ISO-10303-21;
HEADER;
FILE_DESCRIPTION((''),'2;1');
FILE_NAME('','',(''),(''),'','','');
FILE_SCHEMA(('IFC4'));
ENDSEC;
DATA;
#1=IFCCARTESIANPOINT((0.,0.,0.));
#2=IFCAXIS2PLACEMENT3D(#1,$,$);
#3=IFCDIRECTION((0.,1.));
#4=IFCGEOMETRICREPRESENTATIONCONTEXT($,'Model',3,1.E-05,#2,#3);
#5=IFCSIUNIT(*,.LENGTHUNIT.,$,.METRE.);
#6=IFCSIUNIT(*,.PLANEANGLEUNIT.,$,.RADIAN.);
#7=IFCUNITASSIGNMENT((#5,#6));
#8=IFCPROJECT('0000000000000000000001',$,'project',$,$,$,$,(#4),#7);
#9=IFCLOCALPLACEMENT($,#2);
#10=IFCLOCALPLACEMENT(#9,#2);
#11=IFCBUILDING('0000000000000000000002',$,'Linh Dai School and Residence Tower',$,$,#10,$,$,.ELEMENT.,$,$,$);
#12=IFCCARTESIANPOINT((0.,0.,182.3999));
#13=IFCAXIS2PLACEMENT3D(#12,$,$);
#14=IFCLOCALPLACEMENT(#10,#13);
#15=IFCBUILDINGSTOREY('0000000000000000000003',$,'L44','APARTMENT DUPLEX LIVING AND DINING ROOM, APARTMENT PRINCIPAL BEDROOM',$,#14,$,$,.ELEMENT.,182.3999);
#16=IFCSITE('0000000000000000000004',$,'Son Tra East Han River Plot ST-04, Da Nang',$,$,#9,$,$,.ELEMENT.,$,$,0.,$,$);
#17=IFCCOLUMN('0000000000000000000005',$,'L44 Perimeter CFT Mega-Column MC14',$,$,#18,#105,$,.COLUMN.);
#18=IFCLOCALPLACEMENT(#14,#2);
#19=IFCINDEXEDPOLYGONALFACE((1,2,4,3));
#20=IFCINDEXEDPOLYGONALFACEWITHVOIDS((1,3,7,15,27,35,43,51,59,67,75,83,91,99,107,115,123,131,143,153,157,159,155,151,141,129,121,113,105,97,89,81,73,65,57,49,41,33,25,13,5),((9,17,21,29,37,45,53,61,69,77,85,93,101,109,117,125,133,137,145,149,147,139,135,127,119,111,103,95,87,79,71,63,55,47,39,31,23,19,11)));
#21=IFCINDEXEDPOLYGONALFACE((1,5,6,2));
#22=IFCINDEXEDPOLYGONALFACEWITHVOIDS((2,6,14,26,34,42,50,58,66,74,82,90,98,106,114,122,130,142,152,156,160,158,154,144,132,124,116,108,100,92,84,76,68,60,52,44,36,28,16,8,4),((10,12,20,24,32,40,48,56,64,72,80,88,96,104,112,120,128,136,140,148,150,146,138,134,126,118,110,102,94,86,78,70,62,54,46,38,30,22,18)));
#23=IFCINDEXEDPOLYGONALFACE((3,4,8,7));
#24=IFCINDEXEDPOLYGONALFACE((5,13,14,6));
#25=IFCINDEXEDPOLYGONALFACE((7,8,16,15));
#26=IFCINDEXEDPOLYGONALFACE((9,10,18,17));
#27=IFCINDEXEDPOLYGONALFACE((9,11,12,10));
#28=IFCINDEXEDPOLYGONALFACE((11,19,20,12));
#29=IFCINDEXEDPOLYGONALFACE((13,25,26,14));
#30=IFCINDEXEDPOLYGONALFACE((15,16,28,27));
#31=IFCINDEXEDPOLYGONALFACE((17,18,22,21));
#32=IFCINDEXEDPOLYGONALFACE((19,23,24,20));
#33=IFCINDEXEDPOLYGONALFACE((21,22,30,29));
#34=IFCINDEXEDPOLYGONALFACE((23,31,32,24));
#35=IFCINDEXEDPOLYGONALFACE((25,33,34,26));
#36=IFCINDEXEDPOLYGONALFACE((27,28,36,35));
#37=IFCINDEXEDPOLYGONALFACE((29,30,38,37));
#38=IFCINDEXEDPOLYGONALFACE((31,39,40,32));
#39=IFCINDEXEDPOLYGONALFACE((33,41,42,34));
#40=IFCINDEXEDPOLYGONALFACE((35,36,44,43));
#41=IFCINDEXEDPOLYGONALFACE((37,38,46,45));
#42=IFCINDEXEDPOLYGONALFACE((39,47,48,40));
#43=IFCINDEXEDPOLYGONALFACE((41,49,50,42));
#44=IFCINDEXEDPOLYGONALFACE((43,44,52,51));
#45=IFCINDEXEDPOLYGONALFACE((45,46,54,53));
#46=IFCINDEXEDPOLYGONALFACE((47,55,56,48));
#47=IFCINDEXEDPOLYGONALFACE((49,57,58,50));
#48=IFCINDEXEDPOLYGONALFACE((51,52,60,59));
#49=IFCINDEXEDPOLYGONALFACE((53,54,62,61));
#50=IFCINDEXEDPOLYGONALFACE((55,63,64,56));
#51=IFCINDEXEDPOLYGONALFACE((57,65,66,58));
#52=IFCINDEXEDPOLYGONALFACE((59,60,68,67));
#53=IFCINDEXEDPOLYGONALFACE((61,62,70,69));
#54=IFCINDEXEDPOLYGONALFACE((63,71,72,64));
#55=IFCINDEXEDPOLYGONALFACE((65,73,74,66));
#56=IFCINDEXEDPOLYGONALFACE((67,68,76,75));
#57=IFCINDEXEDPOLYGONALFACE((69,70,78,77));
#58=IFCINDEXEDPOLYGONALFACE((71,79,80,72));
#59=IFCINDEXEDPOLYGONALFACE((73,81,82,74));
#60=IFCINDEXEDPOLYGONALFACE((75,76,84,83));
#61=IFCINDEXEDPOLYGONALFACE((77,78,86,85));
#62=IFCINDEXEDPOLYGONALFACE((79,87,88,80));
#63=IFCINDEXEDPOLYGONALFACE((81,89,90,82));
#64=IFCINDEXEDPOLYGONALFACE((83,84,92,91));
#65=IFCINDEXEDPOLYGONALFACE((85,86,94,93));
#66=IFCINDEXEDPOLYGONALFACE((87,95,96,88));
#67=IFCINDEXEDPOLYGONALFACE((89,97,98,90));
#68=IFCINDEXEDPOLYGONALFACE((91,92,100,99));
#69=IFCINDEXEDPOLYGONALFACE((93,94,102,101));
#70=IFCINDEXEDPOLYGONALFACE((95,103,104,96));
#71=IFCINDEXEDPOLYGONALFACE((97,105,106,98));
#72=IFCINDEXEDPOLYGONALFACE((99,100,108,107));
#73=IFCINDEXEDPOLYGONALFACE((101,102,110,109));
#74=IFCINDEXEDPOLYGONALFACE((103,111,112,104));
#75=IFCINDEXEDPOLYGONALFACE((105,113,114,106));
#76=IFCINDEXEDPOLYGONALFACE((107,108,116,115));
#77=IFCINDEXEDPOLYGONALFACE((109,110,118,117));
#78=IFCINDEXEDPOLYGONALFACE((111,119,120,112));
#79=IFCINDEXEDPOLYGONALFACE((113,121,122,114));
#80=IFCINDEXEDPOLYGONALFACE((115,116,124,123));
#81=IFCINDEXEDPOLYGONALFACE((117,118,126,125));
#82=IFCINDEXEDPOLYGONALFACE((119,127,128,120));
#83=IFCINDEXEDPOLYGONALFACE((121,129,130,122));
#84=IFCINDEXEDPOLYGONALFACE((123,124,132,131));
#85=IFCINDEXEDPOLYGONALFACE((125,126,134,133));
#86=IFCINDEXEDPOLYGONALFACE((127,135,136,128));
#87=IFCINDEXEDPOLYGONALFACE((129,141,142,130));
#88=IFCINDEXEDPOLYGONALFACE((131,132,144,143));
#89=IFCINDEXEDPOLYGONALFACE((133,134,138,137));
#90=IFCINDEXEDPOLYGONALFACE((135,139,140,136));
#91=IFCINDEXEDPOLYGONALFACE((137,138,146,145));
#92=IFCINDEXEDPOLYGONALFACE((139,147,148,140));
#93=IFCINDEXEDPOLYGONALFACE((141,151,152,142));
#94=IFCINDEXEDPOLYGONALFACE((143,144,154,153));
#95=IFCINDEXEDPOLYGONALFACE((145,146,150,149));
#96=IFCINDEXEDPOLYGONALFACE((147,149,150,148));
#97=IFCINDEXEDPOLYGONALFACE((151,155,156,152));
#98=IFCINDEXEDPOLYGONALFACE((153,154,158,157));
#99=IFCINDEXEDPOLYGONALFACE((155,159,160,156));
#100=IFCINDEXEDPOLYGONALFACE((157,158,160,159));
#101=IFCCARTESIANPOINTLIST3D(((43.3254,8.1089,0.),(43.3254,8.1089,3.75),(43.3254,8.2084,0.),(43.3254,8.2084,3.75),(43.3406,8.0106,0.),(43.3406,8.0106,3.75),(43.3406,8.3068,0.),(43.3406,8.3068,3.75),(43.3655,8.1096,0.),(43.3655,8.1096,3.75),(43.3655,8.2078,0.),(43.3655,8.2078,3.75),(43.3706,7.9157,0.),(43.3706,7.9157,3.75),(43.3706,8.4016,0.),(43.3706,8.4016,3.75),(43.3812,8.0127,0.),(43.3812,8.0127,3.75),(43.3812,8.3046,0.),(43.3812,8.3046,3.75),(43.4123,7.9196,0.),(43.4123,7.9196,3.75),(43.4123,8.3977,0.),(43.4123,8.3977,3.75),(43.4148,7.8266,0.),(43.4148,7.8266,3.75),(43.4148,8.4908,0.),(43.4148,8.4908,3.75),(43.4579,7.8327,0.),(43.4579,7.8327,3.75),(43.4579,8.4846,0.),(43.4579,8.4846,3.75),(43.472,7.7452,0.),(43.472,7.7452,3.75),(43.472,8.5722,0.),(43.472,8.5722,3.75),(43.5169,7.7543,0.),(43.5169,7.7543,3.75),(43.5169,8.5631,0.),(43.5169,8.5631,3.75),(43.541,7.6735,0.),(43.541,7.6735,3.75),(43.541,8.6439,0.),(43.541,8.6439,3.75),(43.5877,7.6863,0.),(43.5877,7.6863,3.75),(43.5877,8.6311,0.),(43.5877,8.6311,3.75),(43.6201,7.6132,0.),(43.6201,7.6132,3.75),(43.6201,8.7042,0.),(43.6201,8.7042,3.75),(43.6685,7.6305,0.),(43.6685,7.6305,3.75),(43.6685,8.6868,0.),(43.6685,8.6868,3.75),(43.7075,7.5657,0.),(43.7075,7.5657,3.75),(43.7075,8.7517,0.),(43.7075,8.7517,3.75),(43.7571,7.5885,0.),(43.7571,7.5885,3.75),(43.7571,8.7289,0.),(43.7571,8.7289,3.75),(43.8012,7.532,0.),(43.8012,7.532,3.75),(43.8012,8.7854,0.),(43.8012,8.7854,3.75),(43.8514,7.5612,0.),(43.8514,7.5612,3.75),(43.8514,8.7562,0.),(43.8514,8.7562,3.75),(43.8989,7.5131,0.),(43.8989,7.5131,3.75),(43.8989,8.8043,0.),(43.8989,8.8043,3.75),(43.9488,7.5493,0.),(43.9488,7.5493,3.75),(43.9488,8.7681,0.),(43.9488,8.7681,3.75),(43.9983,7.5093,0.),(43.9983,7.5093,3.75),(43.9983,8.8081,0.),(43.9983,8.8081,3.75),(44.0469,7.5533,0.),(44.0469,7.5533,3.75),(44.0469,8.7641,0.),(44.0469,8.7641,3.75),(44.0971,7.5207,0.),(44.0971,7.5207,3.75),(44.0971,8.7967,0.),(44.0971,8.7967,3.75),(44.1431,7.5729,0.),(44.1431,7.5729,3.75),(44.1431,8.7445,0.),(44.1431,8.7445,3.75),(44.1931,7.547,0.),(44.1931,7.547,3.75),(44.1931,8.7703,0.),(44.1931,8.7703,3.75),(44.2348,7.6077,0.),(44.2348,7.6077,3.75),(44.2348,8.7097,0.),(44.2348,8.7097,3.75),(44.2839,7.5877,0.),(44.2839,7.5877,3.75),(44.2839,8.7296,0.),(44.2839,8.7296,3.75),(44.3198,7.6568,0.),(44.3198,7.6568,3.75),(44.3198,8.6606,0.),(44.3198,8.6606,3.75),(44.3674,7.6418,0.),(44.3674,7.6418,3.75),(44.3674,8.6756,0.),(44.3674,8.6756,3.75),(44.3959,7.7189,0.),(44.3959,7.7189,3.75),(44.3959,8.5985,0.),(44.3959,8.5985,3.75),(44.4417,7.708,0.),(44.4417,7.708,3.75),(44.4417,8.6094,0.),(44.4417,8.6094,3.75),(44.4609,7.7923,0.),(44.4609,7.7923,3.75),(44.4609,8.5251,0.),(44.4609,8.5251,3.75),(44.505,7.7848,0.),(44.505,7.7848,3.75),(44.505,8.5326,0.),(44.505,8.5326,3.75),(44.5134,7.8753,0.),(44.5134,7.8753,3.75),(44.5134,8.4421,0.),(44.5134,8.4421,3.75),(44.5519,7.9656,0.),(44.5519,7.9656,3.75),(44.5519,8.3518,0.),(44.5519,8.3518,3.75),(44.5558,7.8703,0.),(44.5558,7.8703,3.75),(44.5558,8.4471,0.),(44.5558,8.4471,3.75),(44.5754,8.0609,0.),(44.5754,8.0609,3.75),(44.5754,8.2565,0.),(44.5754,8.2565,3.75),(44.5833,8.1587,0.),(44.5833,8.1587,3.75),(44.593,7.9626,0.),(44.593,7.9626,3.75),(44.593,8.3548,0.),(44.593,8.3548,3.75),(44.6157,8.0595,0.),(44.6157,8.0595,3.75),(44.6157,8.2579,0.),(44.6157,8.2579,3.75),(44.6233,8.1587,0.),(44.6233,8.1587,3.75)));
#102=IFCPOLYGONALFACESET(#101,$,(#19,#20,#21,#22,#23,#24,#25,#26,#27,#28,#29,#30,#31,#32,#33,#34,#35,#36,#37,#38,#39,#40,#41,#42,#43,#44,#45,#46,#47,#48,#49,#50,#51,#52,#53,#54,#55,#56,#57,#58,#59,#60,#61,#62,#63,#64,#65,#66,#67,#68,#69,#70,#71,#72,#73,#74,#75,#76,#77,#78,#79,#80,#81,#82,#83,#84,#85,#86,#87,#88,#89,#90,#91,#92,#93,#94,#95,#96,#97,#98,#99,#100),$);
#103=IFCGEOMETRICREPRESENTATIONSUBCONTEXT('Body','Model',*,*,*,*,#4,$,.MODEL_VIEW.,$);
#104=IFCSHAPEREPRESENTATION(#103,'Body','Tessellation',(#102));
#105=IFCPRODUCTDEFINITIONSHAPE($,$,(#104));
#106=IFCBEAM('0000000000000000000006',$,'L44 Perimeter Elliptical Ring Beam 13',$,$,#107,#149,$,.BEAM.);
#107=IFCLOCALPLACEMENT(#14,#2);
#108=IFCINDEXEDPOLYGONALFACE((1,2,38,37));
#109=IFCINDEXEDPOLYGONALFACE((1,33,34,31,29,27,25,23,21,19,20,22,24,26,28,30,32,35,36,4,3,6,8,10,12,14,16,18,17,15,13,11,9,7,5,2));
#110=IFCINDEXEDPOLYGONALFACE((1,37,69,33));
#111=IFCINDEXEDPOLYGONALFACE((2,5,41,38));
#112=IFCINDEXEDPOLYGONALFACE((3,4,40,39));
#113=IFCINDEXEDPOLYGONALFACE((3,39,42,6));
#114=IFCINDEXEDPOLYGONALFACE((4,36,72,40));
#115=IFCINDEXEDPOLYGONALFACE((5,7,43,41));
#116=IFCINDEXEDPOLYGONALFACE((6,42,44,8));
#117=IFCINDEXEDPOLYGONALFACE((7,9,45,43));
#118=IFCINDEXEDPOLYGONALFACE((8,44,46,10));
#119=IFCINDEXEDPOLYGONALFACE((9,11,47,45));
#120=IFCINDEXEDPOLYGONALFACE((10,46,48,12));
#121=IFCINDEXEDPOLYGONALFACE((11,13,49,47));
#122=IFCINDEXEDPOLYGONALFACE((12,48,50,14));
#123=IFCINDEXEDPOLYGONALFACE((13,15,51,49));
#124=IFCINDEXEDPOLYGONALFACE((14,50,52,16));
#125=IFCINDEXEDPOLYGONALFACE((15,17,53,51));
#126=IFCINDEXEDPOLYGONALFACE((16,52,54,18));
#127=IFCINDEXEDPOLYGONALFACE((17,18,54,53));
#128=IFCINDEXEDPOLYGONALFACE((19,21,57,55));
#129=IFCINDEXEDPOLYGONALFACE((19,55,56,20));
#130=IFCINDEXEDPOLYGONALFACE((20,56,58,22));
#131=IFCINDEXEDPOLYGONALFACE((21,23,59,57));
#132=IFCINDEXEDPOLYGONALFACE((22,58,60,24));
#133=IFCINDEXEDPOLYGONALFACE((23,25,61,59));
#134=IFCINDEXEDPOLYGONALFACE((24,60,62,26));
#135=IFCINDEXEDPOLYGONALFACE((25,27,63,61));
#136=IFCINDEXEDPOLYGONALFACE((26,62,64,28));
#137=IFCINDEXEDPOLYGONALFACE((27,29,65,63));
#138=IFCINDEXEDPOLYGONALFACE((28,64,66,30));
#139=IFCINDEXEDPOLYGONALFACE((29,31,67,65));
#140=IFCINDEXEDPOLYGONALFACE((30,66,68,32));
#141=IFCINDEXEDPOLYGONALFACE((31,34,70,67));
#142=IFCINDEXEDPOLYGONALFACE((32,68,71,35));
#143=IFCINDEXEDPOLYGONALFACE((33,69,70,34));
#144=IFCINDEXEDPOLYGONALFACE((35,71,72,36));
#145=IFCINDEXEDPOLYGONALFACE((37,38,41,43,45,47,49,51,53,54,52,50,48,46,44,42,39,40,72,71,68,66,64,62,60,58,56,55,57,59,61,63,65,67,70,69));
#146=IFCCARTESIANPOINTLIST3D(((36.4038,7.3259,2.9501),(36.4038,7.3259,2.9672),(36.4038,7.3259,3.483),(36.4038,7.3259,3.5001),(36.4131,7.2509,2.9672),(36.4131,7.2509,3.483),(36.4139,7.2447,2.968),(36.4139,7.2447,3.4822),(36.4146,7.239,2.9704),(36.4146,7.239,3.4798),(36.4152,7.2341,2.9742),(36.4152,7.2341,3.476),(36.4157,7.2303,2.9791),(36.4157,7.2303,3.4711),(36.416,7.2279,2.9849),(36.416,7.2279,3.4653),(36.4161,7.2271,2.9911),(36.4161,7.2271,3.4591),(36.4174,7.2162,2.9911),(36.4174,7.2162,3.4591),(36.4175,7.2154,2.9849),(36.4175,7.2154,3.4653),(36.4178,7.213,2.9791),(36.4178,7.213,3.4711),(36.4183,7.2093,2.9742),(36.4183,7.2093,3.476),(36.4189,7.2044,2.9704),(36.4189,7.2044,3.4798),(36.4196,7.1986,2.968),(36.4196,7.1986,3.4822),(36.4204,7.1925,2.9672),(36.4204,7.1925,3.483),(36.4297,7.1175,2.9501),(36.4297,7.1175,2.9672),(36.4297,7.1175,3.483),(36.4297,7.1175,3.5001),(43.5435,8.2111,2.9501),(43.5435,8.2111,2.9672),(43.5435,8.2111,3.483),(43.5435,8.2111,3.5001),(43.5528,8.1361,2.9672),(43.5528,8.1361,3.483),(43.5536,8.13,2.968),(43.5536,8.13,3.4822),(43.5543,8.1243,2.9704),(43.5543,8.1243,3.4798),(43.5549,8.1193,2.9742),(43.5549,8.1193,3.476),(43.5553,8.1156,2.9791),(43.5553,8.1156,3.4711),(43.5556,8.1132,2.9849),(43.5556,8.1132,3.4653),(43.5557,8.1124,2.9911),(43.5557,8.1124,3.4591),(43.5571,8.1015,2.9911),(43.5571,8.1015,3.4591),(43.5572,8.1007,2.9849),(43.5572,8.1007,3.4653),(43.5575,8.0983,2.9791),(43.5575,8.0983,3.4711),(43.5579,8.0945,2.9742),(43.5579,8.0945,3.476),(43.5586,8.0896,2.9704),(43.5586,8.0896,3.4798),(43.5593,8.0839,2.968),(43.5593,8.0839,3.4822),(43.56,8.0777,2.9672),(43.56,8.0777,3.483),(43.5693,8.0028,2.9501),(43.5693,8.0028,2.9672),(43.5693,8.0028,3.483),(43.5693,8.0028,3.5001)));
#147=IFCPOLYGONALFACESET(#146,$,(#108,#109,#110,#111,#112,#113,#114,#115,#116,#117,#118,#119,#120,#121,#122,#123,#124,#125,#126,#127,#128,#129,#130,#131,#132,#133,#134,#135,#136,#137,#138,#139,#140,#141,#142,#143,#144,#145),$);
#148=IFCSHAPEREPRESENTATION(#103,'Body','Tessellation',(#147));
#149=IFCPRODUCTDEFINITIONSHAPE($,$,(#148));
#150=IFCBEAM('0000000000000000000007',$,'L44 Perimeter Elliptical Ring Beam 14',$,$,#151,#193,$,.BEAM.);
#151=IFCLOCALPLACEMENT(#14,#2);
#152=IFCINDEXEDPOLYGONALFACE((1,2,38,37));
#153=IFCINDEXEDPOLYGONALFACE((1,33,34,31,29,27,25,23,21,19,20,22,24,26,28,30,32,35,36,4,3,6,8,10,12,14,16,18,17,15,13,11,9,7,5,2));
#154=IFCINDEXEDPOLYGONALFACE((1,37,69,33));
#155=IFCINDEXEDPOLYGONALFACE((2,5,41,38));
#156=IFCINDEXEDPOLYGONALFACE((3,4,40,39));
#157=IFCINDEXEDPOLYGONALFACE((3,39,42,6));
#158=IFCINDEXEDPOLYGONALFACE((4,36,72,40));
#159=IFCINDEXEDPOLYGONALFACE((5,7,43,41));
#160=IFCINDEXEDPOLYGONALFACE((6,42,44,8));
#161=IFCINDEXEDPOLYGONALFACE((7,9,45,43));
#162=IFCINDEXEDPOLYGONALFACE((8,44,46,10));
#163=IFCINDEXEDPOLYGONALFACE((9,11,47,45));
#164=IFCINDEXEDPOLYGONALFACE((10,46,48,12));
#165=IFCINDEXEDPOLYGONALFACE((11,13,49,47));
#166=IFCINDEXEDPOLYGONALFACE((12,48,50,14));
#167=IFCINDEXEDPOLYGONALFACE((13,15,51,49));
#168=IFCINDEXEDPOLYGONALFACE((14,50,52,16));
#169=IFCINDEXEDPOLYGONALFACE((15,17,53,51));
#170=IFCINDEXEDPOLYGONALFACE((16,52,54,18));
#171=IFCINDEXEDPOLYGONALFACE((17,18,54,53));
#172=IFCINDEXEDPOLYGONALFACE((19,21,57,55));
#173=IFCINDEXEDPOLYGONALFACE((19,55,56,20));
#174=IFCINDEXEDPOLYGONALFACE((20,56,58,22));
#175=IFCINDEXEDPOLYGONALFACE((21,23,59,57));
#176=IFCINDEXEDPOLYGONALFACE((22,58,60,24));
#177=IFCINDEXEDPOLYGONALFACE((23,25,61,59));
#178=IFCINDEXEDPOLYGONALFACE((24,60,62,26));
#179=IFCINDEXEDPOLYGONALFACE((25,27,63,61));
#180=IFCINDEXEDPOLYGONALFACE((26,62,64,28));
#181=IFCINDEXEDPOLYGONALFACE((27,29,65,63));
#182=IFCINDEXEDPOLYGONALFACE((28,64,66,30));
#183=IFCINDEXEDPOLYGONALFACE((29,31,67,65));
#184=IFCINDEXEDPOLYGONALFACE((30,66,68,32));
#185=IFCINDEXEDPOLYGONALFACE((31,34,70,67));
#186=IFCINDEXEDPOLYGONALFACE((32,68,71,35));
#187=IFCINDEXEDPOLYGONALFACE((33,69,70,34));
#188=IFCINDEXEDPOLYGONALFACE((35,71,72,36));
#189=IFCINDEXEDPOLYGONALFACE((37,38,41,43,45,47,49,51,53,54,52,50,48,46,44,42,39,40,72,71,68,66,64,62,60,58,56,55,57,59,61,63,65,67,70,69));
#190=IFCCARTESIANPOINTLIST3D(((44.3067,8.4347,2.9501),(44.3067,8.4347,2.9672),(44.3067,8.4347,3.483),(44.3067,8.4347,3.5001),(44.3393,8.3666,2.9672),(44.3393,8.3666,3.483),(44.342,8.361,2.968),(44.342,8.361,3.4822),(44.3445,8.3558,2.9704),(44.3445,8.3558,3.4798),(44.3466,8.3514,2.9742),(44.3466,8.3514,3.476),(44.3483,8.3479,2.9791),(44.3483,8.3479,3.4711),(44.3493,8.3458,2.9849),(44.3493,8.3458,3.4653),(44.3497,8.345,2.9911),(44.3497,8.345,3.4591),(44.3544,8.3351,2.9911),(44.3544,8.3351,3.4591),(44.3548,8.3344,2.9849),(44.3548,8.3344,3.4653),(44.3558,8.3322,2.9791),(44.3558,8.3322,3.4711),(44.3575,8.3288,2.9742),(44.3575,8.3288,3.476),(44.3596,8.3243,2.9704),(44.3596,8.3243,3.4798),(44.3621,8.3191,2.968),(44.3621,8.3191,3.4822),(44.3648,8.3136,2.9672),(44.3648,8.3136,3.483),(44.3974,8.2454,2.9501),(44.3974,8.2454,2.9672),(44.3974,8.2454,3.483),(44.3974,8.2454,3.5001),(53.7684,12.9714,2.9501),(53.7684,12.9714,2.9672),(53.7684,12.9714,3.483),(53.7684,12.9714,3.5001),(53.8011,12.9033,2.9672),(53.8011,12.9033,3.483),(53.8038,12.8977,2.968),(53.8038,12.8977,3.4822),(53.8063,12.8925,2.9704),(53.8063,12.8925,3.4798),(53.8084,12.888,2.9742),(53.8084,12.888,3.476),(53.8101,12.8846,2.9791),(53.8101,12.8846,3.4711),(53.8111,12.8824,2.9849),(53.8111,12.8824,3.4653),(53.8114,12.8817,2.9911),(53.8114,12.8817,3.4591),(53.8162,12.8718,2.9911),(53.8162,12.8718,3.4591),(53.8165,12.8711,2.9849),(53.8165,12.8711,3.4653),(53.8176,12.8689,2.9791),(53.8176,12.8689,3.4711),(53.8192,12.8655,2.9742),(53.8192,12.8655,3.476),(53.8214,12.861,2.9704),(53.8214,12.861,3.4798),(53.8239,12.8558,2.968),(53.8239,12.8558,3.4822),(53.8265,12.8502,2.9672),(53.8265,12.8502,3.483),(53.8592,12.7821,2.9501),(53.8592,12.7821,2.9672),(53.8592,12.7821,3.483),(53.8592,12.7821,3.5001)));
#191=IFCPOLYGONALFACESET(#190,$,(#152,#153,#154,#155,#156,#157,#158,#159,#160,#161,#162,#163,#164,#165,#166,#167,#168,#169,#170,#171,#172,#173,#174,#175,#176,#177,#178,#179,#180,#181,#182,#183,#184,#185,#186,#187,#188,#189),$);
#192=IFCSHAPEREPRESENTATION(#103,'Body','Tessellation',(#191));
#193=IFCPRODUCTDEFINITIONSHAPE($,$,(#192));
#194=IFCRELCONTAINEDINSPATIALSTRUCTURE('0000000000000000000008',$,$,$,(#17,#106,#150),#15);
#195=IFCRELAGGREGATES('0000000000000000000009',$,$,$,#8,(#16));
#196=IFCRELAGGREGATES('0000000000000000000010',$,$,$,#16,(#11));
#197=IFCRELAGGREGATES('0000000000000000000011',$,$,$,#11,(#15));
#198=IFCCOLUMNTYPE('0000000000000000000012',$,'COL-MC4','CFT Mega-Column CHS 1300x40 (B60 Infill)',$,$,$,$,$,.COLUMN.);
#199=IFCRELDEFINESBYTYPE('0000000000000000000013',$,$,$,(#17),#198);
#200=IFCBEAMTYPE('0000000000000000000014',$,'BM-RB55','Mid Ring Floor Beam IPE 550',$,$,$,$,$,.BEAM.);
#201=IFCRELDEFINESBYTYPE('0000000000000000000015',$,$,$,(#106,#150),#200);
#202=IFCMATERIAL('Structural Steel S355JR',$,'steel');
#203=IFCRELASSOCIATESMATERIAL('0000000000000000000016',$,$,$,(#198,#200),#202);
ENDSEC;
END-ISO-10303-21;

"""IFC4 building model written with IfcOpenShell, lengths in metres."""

from ifc_helpers import new_model, si_unit, direction, frame, origin, origin_2d, place, context, subcontext, project, spatial, hollow_circle, i_section, extrude, material, material_profile, profile_set, type_object, element, save


model = new_model("IFC4")

# Units and contexts
model_context = context("Model", 3, precision=1e-05, world=origin(), true_north=direction((0.0, 1.0)))
body_context = subcontext(model_context, "Body", "Model", "MODEL_VIEW")
ifc_project = project(units=[si_unit("LENGTHUNIT", "METRE"), si_unit("PLANEANGLEUNIT", "RADIAN")], contexts=[model_context])

# Site, building, storey
site_placement = place(None, origin())
site = spatial("IfcSite", under=ifc_project, at=site_placement, Name="Son Tra East Han River Plot ST-04, Da Nang", CompositionType="ELEMENT", RefElevation=0.0)
building_placement = place(site_placement, origin())
building = spatial("IfcBuilding", under=site, at=building_placement, Name="Linh Dai School and Residence Tower", CompositionType="ELEMENT")
storey_placement = place(building_placement, frame((0.0, 0.0, 182.3999)))
storey = spatial("IfcBuildingStorey", under=building, at=storey_placement, Name="L44", Description="APARTMENT DUPLEX LIVING AND DINING ROOM, APARTMENT PRINCIPAL BEDROOM", CompositionType="ELEMENT", Elevation=182.3999)

# Column
ifc_material_1 = material(Name="Structural Steel S355JR", Category="steel")
ifc_material_profile_1 = material_profile(ifc_material_1, hollow_circle(Radius=0.6499, WallThickness=0.04, at=origin_2d()), Name="CHS 1300x40")
ifc_profile_set_1 = profile_set([ifc_material_profile_1], Name="Structural Steel S355JR")
column_type = type_object("IfcColumnType", Name="COL-MC4", Description="CFT Mega-Column CHS 1300x40 (B60 Infill)", PredefinedType="COLUMN", material=ifc_profile_set_1)
column_placement = place(storey_placement, frame((43.9734, 8.1587, 0.0), z_axis=(0.0, 0.0, 1.0), x_axis=(1.0, 0.0, 0.0)))
element("IfcColumn", 1, at=column_placement, inside=storey, type_object=column_type, Name="L44 Perimeter CFT Mega-Column MC14", PredefinedType="COLUMN", context=body_context, shape_type="SweptSolid", body=[
    extrude(hollow_circle(Radius=0.6499, WallThickness=0.04, at=origin_2d()), origin(), (0.0, 0.0, 1.0), 3.75),
])

# Beams
ifc_material_profile_2 = material_profile(ifc_material_1, i_section(OverallWidth=0.21, OverallDepth=0.55, WebThickness=0.011, FlangeThickness=0.0171, FilletRadius=0.0239, at=origin_2d()), Name="IPE 550")
ifc_profile_set_2 = profile_set([ifc_material_profile_2], Name="Structural Steel S355JR")
beam_type_1 = type_object("IfcBeamType", Name="BM-RB55", Description="Mid Ring Floor Beam IPE 550", PredefinedType="BEAM", material=ifc_profile_set_2)
beam_1_placement = place(storey_placement, frame((36.4167, 7.2217, 3.2251), z_axis=(0.992401, 0.123049, 0.0), x_axis=(-0.123049, 0.992401, 0.0)))
element("IfcBeam", 2, at=beam_1_placement, inside=storey, type_object=beam_type_1, Name="L44 Perimeter Elliptical Ring Beam 13", PredefinedType="BEAM", context=body_context, shape_type="SweptSolid", body=[
    extrude(i_section(OverallWidth=0.21, OverallDepth=0.55, WebThickness=0.011, FlangeThickness=0.0171, FilletRadius=0.0239, at=origin_2d()), origin(), (0.0, 0.0, 1.0), 7.1943),
])
beam_2_placement = place(storey_placement, frame((44.3521, 8.3401, 3.2251), z_axis=(0.901708, 0.432345, 0.0), x_axis=(-0.432345, 0.901708, 0.0)))
element("IfcBeam", 3, at=beam_2_placement, inside=storey, type_object=beam_type_1, Name="L44 Perimeter Elliptical Ring Beam 14", PredefinedType="BEAM", context=body_context, shape_type="SweptSolid", body=[
    extrude(i_section(OverallWidth=0.21, OverallDepth=0.55, WebThickness=0.011, FlangeThickness=0.0171, FilletRadius=0.0239, at=origin_2d()), origin(), (0.0, 0.0, 1.0), 10.4932),
])

save(model, "model.ifc")
